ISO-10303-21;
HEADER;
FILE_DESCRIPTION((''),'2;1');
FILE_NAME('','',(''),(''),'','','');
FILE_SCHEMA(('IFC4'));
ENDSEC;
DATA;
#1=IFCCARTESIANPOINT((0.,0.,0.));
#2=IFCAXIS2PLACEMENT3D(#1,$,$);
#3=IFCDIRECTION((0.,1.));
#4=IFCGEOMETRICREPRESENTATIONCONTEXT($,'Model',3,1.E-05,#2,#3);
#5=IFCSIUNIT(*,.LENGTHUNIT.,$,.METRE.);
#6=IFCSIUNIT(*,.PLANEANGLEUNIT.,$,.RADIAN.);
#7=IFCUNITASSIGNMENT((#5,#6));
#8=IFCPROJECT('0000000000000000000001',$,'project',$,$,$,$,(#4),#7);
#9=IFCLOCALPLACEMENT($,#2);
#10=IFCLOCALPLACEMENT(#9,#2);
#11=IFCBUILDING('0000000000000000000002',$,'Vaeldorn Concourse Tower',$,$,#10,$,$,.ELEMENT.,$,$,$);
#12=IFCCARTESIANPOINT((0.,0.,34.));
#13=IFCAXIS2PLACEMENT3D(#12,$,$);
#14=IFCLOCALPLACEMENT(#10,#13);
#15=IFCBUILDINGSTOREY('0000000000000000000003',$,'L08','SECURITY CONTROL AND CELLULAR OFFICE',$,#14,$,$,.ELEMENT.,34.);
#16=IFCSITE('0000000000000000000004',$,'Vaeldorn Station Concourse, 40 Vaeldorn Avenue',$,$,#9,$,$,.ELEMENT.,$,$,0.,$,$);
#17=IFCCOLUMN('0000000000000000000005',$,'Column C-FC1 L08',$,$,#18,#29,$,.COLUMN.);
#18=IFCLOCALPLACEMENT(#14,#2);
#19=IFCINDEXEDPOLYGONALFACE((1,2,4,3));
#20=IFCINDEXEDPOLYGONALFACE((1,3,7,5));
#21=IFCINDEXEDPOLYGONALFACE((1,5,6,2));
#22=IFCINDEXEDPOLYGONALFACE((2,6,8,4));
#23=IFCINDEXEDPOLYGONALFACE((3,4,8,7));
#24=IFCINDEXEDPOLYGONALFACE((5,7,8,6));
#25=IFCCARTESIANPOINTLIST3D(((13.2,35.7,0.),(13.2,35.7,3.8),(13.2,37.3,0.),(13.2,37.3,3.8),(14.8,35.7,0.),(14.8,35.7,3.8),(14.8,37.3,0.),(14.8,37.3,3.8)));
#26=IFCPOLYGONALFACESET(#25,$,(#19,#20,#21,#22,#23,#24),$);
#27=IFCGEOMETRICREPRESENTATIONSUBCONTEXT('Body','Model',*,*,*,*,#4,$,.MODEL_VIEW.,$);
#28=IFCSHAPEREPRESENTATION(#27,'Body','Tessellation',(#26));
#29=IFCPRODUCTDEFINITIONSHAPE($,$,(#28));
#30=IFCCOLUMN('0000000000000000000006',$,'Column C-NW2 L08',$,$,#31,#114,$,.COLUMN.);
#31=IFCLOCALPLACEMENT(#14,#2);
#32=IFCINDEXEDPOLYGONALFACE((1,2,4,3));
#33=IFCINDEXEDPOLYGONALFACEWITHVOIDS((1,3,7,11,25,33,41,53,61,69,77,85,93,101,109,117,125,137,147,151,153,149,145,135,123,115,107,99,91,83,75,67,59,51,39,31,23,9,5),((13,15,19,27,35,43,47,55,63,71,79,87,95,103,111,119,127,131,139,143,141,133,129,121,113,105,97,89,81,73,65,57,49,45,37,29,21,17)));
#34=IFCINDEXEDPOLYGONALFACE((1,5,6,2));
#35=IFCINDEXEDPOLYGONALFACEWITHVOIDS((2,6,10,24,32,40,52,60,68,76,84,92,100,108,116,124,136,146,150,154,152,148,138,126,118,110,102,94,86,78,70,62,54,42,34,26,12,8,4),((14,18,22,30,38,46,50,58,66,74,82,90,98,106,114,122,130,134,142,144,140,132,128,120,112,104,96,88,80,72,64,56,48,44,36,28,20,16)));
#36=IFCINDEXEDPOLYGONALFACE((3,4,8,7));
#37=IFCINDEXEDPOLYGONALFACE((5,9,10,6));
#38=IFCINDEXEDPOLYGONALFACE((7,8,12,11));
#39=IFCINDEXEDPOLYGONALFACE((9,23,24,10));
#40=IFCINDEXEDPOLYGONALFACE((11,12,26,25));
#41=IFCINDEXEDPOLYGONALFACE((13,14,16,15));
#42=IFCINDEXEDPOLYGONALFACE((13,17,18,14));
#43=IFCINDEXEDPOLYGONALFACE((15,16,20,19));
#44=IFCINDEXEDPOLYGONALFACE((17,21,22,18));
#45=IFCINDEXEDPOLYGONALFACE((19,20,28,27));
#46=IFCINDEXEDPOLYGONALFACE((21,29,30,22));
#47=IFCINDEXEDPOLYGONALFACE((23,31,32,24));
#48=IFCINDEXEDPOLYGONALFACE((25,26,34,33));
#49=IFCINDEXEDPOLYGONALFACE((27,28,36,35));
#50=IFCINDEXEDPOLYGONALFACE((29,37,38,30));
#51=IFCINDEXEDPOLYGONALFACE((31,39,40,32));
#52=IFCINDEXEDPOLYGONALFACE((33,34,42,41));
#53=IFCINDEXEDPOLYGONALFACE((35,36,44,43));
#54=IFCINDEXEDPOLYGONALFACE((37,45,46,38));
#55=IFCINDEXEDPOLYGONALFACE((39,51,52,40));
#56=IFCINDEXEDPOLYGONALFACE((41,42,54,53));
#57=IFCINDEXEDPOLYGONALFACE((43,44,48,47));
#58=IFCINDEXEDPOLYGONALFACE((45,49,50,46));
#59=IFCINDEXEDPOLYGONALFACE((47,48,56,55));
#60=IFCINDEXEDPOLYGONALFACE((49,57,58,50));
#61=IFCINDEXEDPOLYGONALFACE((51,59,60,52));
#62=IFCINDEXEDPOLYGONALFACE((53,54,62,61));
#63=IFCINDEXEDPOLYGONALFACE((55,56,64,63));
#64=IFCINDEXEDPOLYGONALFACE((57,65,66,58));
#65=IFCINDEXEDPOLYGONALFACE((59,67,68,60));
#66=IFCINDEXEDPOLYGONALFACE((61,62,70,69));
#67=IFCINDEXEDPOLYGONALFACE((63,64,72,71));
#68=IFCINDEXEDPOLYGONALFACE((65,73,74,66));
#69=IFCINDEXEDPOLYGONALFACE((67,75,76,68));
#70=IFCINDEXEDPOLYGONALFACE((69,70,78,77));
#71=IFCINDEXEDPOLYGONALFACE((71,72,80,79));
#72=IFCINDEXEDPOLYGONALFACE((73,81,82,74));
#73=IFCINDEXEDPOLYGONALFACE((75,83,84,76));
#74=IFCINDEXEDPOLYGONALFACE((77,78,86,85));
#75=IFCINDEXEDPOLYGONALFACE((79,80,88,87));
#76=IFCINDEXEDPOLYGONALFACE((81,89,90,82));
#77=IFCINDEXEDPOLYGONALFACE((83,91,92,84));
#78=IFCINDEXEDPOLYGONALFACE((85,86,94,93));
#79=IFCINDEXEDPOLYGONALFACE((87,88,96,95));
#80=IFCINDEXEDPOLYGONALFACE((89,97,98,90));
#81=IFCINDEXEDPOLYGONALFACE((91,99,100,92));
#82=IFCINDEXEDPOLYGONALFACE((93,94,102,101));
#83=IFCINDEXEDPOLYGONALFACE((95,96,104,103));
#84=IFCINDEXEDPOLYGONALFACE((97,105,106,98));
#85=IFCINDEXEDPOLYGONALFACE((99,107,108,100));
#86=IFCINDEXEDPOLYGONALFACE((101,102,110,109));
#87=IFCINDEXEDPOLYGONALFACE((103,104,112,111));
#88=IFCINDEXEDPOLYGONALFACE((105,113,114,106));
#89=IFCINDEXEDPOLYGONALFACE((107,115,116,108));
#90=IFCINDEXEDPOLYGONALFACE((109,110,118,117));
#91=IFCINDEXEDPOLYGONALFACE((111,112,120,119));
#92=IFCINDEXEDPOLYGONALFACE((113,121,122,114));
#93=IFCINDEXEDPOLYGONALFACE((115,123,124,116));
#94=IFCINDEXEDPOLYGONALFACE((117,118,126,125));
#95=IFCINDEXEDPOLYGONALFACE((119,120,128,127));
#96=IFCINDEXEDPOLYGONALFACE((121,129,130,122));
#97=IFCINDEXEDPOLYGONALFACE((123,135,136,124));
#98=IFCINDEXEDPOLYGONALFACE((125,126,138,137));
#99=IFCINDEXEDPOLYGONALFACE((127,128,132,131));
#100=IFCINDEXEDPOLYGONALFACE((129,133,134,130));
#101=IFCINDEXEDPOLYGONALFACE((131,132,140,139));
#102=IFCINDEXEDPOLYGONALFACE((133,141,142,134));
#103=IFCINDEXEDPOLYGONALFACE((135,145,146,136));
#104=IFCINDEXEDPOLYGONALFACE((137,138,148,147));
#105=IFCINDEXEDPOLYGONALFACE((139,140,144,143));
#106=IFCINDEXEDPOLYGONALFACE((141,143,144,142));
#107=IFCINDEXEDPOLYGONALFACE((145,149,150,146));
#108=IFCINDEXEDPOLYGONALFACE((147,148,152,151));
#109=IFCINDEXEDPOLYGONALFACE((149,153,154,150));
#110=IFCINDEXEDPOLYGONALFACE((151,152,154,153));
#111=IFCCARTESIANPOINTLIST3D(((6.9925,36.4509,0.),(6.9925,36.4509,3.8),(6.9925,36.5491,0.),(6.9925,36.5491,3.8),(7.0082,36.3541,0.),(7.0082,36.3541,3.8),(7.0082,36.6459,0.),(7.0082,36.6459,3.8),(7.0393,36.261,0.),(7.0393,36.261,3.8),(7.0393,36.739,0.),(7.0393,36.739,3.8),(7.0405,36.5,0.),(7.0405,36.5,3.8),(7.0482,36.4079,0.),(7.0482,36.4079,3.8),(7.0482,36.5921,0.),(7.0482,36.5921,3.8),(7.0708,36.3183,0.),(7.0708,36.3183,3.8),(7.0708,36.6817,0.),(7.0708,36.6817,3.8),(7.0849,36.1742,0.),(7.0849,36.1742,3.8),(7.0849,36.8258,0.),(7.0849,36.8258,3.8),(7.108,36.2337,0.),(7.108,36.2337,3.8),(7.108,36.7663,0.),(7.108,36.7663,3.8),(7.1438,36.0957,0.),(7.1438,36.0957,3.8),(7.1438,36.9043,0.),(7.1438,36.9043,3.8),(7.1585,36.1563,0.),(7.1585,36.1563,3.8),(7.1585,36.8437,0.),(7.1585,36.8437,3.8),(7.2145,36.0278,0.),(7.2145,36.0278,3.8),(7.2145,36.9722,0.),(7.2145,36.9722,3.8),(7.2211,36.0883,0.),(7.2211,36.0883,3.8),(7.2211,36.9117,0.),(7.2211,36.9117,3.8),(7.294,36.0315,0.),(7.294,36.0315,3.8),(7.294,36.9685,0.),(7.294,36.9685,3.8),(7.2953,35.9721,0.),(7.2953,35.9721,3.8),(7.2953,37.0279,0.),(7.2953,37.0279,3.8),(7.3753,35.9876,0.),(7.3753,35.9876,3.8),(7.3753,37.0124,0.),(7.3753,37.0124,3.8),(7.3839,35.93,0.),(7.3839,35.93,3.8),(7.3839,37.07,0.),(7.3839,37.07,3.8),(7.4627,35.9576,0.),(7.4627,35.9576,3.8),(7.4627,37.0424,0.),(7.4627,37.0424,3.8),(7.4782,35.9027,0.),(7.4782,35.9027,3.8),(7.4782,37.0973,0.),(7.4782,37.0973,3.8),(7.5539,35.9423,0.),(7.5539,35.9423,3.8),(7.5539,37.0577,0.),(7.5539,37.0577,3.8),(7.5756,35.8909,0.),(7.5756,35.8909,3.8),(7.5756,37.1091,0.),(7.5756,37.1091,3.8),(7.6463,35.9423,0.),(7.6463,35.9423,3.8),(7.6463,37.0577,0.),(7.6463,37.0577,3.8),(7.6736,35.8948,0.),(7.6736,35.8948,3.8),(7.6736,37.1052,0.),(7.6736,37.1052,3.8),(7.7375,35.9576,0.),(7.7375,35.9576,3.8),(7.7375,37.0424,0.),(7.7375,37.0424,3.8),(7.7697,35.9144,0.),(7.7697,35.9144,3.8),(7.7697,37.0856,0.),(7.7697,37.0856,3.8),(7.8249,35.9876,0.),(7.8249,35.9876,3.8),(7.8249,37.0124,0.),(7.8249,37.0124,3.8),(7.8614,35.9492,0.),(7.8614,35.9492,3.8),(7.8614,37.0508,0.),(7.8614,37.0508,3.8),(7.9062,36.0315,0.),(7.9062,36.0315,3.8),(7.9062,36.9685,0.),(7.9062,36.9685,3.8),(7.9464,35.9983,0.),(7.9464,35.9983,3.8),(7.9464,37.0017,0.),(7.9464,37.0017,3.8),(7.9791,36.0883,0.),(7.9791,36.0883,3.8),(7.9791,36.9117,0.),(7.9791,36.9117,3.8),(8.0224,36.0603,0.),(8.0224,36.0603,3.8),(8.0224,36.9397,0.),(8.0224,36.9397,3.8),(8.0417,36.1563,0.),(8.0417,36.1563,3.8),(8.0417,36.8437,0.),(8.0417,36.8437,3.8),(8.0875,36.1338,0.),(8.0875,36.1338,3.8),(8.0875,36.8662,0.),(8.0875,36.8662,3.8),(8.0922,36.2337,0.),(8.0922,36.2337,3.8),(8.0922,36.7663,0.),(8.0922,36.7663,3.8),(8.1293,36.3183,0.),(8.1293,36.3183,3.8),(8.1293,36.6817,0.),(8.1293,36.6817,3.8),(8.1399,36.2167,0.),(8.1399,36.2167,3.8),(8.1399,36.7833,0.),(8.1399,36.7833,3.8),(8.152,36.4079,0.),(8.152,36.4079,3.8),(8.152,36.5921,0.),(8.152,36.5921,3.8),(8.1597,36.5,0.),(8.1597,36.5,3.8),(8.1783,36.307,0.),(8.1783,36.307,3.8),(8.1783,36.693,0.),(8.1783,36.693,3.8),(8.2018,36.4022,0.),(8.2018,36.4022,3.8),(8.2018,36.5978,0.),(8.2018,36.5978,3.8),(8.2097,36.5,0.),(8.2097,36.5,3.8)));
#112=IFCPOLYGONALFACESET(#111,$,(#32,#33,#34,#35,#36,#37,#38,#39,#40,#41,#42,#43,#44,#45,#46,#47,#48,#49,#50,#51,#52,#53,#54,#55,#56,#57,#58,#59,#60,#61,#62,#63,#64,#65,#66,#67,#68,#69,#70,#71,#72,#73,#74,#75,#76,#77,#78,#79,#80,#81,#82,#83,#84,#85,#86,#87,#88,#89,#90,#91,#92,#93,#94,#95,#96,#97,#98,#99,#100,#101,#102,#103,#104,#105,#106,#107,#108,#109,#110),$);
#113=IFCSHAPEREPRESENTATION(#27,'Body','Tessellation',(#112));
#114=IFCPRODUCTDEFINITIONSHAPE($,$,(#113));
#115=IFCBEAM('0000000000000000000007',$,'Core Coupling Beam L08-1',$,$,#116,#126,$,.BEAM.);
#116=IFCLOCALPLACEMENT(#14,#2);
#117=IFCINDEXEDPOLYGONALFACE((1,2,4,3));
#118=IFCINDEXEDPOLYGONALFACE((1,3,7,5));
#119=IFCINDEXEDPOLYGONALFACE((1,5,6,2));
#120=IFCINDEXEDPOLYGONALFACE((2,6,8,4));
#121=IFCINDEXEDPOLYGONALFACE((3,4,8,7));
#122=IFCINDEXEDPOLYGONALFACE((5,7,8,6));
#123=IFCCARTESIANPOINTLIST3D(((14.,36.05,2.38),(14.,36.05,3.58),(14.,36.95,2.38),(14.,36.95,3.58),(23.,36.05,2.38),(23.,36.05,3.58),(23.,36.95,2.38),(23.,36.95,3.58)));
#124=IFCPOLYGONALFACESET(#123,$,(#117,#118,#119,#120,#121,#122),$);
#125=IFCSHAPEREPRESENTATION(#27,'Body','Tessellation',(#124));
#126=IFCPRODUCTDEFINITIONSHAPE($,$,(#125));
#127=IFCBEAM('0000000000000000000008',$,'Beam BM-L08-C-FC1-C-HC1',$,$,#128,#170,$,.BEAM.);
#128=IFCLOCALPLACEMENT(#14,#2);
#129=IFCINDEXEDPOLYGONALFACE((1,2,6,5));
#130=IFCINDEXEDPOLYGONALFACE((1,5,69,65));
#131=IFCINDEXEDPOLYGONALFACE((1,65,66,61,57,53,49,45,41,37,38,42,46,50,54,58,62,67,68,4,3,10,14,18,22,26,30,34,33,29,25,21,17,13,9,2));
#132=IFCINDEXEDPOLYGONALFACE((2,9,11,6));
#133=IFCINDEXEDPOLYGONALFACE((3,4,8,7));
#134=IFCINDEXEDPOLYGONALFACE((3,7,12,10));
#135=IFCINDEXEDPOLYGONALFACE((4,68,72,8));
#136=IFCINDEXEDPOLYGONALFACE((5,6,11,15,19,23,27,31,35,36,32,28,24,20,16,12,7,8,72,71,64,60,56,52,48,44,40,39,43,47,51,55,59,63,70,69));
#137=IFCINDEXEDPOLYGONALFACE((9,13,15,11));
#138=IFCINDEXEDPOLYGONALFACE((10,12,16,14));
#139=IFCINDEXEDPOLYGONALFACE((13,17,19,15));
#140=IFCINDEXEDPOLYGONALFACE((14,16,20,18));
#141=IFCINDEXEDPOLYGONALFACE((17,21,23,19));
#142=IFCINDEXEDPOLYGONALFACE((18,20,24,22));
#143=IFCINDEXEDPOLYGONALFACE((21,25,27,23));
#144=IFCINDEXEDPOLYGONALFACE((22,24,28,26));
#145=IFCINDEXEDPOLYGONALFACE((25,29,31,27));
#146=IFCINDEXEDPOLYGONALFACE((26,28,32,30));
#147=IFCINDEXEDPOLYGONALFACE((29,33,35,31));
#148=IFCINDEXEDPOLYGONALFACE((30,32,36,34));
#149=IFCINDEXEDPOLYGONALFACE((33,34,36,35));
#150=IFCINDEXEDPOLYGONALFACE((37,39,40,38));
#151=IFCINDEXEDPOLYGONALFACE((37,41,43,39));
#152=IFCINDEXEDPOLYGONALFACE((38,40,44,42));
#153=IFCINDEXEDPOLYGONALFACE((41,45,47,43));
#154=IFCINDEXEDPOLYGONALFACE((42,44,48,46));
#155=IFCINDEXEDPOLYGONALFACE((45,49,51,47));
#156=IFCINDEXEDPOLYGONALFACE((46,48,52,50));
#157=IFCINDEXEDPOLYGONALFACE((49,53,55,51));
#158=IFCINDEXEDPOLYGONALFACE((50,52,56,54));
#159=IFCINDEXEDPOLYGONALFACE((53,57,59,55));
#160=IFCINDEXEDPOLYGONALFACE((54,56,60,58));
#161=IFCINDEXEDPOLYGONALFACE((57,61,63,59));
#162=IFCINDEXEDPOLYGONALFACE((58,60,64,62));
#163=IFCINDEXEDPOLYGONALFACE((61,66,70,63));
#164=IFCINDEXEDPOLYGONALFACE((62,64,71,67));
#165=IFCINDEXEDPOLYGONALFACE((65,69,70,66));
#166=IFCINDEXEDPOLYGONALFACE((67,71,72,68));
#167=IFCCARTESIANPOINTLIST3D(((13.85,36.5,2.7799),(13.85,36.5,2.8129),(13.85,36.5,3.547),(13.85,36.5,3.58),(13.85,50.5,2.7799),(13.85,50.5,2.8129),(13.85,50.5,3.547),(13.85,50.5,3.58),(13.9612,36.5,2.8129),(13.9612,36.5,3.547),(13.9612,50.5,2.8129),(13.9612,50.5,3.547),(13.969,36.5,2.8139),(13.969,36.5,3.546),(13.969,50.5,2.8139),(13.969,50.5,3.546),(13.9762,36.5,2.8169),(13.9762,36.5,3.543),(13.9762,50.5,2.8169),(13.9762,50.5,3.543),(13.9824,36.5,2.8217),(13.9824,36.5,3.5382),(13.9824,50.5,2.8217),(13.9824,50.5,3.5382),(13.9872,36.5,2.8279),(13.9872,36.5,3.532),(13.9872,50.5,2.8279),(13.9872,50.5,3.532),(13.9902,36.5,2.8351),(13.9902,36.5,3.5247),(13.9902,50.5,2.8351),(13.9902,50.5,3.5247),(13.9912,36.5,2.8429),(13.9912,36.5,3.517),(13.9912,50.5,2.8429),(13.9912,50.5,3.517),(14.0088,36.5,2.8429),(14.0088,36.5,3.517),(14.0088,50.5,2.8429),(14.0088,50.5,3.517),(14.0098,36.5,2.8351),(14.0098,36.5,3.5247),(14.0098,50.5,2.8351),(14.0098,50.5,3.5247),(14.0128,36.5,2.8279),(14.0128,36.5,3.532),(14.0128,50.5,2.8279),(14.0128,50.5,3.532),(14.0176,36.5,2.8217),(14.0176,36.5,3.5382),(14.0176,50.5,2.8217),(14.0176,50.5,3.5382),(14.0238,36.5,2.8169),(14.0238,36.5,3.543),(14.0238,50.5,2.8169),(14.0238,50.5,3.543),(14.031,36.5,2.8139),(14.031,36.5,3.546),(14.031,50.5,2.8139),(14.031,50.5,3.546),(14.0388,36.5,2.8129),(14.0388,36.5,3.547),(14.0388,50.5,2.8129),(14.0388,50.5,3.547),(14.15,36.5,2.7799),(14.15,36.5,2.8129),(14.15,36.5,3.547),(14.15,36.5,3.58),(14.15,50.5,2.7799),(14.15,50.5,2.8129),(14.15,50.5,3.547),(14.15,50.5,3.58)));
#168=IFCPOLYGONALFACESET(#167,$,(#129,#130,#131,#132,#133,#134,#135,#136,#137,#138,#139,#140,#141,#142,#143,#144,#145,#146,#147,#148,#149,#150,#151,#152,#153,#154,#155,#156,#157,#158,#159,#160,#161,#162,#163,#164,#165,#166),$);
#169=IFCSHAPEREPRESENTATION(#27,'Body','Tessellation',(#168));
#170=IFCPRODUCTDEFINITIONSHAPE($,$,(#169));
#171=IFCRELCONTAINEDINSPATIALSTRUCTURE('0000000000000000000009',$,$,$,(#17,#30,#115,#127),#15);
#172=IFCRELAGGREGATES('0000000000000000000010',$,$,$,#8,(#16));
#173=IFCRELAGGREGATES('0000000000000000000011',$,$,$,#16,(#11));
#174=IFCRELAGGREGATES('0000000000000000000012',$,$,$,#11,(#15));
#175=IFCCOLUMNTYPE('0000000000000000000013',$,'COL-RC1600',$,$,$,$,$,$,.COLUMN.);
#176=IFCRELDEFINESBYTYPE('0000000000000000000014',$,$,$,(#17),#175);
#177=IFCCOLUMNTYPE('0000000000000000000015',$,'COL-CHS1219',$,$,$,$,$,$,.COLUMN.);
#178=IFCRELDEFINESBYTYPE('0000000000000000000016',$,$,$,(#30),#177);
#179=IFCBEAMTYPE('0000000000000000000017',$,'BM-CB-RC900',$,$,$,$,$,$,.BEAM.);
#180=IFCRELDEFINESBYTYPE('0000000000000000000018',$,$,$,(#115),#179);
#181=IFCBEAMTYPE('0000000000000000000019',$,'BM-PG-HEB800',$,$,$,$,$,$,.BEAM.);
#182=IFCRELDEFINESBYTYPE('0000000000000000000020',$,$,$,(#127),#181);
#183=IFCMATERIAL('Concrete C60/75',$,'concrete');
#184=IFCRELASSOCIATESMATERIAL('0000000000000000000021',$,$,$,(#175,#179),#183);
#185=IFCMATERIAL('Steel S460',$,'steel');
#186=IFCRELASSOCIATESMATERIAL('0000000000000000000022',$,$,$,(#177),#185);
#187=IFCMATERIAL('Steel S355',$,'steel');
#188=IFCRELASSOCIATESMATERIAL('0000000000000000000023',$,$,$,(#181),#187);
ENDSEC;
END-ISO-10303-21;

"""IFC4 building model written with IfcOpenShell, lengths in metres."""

from ifc_helpers import new_model, si_unit, direction, frame, origin, origin_2d, place, context, subcontext, project, spatial, rectangle, hollow_circle, i_section, extrude, source, transform, mapped, material, material_profile, profile_set, type_object, element, save


model = new_model("IFC4")

# Units and contexts
model_context = context("Model", 3, precision=1e-05, world=origin(), true_north=direction((0.0, 1.0)))
body_context = subcontext(model_context, "Body", "Model", "MODEL_VIEW")
ifc_project = project(units=[si_unit("LENGTHUNIT", "METRE"), si_unit("PLANEANGLEUNIT", "RADIAN")], contexts=[model_context])

# Site, building, storey
site_placement = place(None, origin())
site = spatial("IfcSite", under=ifc_project, at=site_placement, Name="Vaeldorn Station Concourse, 40 Vaeldorn Avenue", CompositionType="ELEMENT", RefElevation=0.0)
building_placement = place(site_placement, origin())
building = spatial("IfcBuilding", under=site, at=building_placement, Name="Vaeldorn Concourse Tower", CompositionType="ELEMENT")
storey_placement = place(building_placement, frame((0.0, 0.0, 34.0)))
storey = spatial("IfcBuildingStorey", under=building, at=storey_placement, Name="L08", Description="SECURITY CONTROL AND CELLULAR OFFICE", CompositionType="ELEMENT", Elevation=34.0)

# Columns
ifc_material_1 = material(Name="Concrete C60/75", Category="concrete")
ifc_material_profile_1 = material_profile(ifc_material_1, rectangle(XDim=1.6001, YDim=1.6001, at=origin_2d()), Name="RC 1600x1600")
ifc_profile_set_1 = profile_set([ifc_material_profile_1], Name="Concrete C60/75")
column_type_1 = type_object("IfcColumnType", Name="COL-RC1600", PredefinedType="COLUMN", material=ifc_profile_set_1)
shared_shape_1 = source(origin(), body_context, "Body", "SweptSolid", [
    extrude(rectangle(XDim=1.6001, YDim=1.6001, at=origin_2d()), origin(), (0.0, 0.0, 1.0), 3.8),
])
column_1_placement = place(storey_placement, frame((14.0, 36.5, 0.0), z_axis=(0.0, 0.0, 1.0), x_axis=(1.0, 0.0, 0.0)))
element("IfcColumn", 1, at=column_1_placement, inside=storey, type_object=column_type_1, Name="Column C-FC1 L08", PredefinedType="COLUMN", context=body_context, shape_type="MappedRepresentation", body=[
    mapped(shared_shape_1, transform((0.0, 0.0, 0.0), scale=1.0)),
])
ifc_material_2 = material(Name="Steel S460", Category="steel")
ifc_material_profile_2 = material_profile(ifc_material_2, hollow_circle(Radius=0.6096, WallThickness=0.05, at=origin_2d()), Name="CHS 1219x50")
ifc_profile_set_2 = profile_set([ifc_material_profile_2], Name="Steel S460")
column_type_2 = type_object("IfcColumnType", Name="COL-CHS1219", PredefinedType="COLUMN", material=ifc_profile_set_2)
shared_shape_2 = source(origin(), body_context, "Body", "SweptSolid", [
    extrude(hollow_circle(Radius=0.6096, WallThickness=0.05, at=origin_2d()), origin(), (0.0, 0.0, 1.0), 3.8),
])
column_2_placement = place(storey_placement, frame((7.6001, 36.5, 0.0), z_axis=(0.0, 0.0, 1.0), x_axis=(1.0, 0.0, 0.0)))
element("IfcColumn", 2, at=column_2_placement, inside=storey, type_object=column_type_2, Name="Column C-NW2 L08", PredefinedType="COLUMN", context=body_context, shape_type="MappedRepresentation", body=[
    mapped(shared_shape_2, transform((0.0, 0.0, 0.0), scale=1.0)),
])

# Beams
ifc_material_profile_3 = material_profile(ifc_material_1, rectangle(XDim=0.8999, YDim=1.2, at=origin_2d()), Name="RC 900x1200")
ifc_profile_set_3 = profile_set([ifc_material_profile_3], Name="Concrete C60/75")
beam_type_1 = type_object("IfcBeamType", Name="BM-CB-RC900", PredefinedType="BEAM", material=ifc_profile_set_3)
shared_shape_3 = source(origin(), body_context, "Body", "SweptSolid", [
    extrude(rectangle(XDim=0.8999, YDim=1.2, at=origin_2d()), origin(), (0.0, 0.0, 1.0), 9.0),
])
beam_1_placement = place(storey_placement, frame((14.0, 36.5, 2.98), z_axis=(1.0, 0.0, 0.0), x_axis=(0.0, 1.0, 0.0)))
element("IfcBeam", 3, at=beam_1_placement, inside=storey, type_object=beam_type_1, Name="Core Coupling Beam L08-1", PredefinedType="BEAM", context=body_context, shape_type="MappedRepresentation", body=[
    mapped(shared_shape_3, transform((0.0, 0.0, 0.0), scale=1.0)),
])
ifc_material_3 = material(Name="Steel S355", Category="steel")
ifc_material_profile_4 = material_profile(ifc_material_3, i_section(OverallWidth=0.3, OverallDepth=0.8, WebThickness=0.0176, FlangeThickness=0.033, FilletRadius=0.03, at=origin_2d()), Name="HEB 800")
ifc_profile_set_4 = profile_set([ifc_material_profile_4], Name="Steel S355")
beam_type_2 = type_object("IfcBeamType", Name="BM-PG-HEB800", PredefinedType="BEAM", material=ifc_profile_set_4)
shared_shape_4 = source(origin(), body_context, "Body", "SweptSolid", [
    extrude(i_section(OverallWidth=0.3, OverallDepth=0.8, WebThickness=0.0176, FlangeThickness=0.033, FilletRadius=0.03, at=origin_2d()), origin(), (0.0, 0.0, 1.0), 14.0),
])
beam_2_placement = place(storey_placement, frame((14.0, 36.5, 3.1799), z_axis=(0.0, 1.0, 0.0), x_axis=(-1.0, 0.0, 0.0)))
element("IfcBeam", 4, at=beam_2_placement, inside=storey, type_object=beam_type_2, Name="Beam BM-L08-C-FC1-C-HC1", PredefinedType="BEAM", context=body_context, shape_type="MappedRepresentation", body=[
    mapped(shared_shape_4, transform((0.0, 0.0, 0.0), scale=1.0)),
])

save(model, "model.ifc")
